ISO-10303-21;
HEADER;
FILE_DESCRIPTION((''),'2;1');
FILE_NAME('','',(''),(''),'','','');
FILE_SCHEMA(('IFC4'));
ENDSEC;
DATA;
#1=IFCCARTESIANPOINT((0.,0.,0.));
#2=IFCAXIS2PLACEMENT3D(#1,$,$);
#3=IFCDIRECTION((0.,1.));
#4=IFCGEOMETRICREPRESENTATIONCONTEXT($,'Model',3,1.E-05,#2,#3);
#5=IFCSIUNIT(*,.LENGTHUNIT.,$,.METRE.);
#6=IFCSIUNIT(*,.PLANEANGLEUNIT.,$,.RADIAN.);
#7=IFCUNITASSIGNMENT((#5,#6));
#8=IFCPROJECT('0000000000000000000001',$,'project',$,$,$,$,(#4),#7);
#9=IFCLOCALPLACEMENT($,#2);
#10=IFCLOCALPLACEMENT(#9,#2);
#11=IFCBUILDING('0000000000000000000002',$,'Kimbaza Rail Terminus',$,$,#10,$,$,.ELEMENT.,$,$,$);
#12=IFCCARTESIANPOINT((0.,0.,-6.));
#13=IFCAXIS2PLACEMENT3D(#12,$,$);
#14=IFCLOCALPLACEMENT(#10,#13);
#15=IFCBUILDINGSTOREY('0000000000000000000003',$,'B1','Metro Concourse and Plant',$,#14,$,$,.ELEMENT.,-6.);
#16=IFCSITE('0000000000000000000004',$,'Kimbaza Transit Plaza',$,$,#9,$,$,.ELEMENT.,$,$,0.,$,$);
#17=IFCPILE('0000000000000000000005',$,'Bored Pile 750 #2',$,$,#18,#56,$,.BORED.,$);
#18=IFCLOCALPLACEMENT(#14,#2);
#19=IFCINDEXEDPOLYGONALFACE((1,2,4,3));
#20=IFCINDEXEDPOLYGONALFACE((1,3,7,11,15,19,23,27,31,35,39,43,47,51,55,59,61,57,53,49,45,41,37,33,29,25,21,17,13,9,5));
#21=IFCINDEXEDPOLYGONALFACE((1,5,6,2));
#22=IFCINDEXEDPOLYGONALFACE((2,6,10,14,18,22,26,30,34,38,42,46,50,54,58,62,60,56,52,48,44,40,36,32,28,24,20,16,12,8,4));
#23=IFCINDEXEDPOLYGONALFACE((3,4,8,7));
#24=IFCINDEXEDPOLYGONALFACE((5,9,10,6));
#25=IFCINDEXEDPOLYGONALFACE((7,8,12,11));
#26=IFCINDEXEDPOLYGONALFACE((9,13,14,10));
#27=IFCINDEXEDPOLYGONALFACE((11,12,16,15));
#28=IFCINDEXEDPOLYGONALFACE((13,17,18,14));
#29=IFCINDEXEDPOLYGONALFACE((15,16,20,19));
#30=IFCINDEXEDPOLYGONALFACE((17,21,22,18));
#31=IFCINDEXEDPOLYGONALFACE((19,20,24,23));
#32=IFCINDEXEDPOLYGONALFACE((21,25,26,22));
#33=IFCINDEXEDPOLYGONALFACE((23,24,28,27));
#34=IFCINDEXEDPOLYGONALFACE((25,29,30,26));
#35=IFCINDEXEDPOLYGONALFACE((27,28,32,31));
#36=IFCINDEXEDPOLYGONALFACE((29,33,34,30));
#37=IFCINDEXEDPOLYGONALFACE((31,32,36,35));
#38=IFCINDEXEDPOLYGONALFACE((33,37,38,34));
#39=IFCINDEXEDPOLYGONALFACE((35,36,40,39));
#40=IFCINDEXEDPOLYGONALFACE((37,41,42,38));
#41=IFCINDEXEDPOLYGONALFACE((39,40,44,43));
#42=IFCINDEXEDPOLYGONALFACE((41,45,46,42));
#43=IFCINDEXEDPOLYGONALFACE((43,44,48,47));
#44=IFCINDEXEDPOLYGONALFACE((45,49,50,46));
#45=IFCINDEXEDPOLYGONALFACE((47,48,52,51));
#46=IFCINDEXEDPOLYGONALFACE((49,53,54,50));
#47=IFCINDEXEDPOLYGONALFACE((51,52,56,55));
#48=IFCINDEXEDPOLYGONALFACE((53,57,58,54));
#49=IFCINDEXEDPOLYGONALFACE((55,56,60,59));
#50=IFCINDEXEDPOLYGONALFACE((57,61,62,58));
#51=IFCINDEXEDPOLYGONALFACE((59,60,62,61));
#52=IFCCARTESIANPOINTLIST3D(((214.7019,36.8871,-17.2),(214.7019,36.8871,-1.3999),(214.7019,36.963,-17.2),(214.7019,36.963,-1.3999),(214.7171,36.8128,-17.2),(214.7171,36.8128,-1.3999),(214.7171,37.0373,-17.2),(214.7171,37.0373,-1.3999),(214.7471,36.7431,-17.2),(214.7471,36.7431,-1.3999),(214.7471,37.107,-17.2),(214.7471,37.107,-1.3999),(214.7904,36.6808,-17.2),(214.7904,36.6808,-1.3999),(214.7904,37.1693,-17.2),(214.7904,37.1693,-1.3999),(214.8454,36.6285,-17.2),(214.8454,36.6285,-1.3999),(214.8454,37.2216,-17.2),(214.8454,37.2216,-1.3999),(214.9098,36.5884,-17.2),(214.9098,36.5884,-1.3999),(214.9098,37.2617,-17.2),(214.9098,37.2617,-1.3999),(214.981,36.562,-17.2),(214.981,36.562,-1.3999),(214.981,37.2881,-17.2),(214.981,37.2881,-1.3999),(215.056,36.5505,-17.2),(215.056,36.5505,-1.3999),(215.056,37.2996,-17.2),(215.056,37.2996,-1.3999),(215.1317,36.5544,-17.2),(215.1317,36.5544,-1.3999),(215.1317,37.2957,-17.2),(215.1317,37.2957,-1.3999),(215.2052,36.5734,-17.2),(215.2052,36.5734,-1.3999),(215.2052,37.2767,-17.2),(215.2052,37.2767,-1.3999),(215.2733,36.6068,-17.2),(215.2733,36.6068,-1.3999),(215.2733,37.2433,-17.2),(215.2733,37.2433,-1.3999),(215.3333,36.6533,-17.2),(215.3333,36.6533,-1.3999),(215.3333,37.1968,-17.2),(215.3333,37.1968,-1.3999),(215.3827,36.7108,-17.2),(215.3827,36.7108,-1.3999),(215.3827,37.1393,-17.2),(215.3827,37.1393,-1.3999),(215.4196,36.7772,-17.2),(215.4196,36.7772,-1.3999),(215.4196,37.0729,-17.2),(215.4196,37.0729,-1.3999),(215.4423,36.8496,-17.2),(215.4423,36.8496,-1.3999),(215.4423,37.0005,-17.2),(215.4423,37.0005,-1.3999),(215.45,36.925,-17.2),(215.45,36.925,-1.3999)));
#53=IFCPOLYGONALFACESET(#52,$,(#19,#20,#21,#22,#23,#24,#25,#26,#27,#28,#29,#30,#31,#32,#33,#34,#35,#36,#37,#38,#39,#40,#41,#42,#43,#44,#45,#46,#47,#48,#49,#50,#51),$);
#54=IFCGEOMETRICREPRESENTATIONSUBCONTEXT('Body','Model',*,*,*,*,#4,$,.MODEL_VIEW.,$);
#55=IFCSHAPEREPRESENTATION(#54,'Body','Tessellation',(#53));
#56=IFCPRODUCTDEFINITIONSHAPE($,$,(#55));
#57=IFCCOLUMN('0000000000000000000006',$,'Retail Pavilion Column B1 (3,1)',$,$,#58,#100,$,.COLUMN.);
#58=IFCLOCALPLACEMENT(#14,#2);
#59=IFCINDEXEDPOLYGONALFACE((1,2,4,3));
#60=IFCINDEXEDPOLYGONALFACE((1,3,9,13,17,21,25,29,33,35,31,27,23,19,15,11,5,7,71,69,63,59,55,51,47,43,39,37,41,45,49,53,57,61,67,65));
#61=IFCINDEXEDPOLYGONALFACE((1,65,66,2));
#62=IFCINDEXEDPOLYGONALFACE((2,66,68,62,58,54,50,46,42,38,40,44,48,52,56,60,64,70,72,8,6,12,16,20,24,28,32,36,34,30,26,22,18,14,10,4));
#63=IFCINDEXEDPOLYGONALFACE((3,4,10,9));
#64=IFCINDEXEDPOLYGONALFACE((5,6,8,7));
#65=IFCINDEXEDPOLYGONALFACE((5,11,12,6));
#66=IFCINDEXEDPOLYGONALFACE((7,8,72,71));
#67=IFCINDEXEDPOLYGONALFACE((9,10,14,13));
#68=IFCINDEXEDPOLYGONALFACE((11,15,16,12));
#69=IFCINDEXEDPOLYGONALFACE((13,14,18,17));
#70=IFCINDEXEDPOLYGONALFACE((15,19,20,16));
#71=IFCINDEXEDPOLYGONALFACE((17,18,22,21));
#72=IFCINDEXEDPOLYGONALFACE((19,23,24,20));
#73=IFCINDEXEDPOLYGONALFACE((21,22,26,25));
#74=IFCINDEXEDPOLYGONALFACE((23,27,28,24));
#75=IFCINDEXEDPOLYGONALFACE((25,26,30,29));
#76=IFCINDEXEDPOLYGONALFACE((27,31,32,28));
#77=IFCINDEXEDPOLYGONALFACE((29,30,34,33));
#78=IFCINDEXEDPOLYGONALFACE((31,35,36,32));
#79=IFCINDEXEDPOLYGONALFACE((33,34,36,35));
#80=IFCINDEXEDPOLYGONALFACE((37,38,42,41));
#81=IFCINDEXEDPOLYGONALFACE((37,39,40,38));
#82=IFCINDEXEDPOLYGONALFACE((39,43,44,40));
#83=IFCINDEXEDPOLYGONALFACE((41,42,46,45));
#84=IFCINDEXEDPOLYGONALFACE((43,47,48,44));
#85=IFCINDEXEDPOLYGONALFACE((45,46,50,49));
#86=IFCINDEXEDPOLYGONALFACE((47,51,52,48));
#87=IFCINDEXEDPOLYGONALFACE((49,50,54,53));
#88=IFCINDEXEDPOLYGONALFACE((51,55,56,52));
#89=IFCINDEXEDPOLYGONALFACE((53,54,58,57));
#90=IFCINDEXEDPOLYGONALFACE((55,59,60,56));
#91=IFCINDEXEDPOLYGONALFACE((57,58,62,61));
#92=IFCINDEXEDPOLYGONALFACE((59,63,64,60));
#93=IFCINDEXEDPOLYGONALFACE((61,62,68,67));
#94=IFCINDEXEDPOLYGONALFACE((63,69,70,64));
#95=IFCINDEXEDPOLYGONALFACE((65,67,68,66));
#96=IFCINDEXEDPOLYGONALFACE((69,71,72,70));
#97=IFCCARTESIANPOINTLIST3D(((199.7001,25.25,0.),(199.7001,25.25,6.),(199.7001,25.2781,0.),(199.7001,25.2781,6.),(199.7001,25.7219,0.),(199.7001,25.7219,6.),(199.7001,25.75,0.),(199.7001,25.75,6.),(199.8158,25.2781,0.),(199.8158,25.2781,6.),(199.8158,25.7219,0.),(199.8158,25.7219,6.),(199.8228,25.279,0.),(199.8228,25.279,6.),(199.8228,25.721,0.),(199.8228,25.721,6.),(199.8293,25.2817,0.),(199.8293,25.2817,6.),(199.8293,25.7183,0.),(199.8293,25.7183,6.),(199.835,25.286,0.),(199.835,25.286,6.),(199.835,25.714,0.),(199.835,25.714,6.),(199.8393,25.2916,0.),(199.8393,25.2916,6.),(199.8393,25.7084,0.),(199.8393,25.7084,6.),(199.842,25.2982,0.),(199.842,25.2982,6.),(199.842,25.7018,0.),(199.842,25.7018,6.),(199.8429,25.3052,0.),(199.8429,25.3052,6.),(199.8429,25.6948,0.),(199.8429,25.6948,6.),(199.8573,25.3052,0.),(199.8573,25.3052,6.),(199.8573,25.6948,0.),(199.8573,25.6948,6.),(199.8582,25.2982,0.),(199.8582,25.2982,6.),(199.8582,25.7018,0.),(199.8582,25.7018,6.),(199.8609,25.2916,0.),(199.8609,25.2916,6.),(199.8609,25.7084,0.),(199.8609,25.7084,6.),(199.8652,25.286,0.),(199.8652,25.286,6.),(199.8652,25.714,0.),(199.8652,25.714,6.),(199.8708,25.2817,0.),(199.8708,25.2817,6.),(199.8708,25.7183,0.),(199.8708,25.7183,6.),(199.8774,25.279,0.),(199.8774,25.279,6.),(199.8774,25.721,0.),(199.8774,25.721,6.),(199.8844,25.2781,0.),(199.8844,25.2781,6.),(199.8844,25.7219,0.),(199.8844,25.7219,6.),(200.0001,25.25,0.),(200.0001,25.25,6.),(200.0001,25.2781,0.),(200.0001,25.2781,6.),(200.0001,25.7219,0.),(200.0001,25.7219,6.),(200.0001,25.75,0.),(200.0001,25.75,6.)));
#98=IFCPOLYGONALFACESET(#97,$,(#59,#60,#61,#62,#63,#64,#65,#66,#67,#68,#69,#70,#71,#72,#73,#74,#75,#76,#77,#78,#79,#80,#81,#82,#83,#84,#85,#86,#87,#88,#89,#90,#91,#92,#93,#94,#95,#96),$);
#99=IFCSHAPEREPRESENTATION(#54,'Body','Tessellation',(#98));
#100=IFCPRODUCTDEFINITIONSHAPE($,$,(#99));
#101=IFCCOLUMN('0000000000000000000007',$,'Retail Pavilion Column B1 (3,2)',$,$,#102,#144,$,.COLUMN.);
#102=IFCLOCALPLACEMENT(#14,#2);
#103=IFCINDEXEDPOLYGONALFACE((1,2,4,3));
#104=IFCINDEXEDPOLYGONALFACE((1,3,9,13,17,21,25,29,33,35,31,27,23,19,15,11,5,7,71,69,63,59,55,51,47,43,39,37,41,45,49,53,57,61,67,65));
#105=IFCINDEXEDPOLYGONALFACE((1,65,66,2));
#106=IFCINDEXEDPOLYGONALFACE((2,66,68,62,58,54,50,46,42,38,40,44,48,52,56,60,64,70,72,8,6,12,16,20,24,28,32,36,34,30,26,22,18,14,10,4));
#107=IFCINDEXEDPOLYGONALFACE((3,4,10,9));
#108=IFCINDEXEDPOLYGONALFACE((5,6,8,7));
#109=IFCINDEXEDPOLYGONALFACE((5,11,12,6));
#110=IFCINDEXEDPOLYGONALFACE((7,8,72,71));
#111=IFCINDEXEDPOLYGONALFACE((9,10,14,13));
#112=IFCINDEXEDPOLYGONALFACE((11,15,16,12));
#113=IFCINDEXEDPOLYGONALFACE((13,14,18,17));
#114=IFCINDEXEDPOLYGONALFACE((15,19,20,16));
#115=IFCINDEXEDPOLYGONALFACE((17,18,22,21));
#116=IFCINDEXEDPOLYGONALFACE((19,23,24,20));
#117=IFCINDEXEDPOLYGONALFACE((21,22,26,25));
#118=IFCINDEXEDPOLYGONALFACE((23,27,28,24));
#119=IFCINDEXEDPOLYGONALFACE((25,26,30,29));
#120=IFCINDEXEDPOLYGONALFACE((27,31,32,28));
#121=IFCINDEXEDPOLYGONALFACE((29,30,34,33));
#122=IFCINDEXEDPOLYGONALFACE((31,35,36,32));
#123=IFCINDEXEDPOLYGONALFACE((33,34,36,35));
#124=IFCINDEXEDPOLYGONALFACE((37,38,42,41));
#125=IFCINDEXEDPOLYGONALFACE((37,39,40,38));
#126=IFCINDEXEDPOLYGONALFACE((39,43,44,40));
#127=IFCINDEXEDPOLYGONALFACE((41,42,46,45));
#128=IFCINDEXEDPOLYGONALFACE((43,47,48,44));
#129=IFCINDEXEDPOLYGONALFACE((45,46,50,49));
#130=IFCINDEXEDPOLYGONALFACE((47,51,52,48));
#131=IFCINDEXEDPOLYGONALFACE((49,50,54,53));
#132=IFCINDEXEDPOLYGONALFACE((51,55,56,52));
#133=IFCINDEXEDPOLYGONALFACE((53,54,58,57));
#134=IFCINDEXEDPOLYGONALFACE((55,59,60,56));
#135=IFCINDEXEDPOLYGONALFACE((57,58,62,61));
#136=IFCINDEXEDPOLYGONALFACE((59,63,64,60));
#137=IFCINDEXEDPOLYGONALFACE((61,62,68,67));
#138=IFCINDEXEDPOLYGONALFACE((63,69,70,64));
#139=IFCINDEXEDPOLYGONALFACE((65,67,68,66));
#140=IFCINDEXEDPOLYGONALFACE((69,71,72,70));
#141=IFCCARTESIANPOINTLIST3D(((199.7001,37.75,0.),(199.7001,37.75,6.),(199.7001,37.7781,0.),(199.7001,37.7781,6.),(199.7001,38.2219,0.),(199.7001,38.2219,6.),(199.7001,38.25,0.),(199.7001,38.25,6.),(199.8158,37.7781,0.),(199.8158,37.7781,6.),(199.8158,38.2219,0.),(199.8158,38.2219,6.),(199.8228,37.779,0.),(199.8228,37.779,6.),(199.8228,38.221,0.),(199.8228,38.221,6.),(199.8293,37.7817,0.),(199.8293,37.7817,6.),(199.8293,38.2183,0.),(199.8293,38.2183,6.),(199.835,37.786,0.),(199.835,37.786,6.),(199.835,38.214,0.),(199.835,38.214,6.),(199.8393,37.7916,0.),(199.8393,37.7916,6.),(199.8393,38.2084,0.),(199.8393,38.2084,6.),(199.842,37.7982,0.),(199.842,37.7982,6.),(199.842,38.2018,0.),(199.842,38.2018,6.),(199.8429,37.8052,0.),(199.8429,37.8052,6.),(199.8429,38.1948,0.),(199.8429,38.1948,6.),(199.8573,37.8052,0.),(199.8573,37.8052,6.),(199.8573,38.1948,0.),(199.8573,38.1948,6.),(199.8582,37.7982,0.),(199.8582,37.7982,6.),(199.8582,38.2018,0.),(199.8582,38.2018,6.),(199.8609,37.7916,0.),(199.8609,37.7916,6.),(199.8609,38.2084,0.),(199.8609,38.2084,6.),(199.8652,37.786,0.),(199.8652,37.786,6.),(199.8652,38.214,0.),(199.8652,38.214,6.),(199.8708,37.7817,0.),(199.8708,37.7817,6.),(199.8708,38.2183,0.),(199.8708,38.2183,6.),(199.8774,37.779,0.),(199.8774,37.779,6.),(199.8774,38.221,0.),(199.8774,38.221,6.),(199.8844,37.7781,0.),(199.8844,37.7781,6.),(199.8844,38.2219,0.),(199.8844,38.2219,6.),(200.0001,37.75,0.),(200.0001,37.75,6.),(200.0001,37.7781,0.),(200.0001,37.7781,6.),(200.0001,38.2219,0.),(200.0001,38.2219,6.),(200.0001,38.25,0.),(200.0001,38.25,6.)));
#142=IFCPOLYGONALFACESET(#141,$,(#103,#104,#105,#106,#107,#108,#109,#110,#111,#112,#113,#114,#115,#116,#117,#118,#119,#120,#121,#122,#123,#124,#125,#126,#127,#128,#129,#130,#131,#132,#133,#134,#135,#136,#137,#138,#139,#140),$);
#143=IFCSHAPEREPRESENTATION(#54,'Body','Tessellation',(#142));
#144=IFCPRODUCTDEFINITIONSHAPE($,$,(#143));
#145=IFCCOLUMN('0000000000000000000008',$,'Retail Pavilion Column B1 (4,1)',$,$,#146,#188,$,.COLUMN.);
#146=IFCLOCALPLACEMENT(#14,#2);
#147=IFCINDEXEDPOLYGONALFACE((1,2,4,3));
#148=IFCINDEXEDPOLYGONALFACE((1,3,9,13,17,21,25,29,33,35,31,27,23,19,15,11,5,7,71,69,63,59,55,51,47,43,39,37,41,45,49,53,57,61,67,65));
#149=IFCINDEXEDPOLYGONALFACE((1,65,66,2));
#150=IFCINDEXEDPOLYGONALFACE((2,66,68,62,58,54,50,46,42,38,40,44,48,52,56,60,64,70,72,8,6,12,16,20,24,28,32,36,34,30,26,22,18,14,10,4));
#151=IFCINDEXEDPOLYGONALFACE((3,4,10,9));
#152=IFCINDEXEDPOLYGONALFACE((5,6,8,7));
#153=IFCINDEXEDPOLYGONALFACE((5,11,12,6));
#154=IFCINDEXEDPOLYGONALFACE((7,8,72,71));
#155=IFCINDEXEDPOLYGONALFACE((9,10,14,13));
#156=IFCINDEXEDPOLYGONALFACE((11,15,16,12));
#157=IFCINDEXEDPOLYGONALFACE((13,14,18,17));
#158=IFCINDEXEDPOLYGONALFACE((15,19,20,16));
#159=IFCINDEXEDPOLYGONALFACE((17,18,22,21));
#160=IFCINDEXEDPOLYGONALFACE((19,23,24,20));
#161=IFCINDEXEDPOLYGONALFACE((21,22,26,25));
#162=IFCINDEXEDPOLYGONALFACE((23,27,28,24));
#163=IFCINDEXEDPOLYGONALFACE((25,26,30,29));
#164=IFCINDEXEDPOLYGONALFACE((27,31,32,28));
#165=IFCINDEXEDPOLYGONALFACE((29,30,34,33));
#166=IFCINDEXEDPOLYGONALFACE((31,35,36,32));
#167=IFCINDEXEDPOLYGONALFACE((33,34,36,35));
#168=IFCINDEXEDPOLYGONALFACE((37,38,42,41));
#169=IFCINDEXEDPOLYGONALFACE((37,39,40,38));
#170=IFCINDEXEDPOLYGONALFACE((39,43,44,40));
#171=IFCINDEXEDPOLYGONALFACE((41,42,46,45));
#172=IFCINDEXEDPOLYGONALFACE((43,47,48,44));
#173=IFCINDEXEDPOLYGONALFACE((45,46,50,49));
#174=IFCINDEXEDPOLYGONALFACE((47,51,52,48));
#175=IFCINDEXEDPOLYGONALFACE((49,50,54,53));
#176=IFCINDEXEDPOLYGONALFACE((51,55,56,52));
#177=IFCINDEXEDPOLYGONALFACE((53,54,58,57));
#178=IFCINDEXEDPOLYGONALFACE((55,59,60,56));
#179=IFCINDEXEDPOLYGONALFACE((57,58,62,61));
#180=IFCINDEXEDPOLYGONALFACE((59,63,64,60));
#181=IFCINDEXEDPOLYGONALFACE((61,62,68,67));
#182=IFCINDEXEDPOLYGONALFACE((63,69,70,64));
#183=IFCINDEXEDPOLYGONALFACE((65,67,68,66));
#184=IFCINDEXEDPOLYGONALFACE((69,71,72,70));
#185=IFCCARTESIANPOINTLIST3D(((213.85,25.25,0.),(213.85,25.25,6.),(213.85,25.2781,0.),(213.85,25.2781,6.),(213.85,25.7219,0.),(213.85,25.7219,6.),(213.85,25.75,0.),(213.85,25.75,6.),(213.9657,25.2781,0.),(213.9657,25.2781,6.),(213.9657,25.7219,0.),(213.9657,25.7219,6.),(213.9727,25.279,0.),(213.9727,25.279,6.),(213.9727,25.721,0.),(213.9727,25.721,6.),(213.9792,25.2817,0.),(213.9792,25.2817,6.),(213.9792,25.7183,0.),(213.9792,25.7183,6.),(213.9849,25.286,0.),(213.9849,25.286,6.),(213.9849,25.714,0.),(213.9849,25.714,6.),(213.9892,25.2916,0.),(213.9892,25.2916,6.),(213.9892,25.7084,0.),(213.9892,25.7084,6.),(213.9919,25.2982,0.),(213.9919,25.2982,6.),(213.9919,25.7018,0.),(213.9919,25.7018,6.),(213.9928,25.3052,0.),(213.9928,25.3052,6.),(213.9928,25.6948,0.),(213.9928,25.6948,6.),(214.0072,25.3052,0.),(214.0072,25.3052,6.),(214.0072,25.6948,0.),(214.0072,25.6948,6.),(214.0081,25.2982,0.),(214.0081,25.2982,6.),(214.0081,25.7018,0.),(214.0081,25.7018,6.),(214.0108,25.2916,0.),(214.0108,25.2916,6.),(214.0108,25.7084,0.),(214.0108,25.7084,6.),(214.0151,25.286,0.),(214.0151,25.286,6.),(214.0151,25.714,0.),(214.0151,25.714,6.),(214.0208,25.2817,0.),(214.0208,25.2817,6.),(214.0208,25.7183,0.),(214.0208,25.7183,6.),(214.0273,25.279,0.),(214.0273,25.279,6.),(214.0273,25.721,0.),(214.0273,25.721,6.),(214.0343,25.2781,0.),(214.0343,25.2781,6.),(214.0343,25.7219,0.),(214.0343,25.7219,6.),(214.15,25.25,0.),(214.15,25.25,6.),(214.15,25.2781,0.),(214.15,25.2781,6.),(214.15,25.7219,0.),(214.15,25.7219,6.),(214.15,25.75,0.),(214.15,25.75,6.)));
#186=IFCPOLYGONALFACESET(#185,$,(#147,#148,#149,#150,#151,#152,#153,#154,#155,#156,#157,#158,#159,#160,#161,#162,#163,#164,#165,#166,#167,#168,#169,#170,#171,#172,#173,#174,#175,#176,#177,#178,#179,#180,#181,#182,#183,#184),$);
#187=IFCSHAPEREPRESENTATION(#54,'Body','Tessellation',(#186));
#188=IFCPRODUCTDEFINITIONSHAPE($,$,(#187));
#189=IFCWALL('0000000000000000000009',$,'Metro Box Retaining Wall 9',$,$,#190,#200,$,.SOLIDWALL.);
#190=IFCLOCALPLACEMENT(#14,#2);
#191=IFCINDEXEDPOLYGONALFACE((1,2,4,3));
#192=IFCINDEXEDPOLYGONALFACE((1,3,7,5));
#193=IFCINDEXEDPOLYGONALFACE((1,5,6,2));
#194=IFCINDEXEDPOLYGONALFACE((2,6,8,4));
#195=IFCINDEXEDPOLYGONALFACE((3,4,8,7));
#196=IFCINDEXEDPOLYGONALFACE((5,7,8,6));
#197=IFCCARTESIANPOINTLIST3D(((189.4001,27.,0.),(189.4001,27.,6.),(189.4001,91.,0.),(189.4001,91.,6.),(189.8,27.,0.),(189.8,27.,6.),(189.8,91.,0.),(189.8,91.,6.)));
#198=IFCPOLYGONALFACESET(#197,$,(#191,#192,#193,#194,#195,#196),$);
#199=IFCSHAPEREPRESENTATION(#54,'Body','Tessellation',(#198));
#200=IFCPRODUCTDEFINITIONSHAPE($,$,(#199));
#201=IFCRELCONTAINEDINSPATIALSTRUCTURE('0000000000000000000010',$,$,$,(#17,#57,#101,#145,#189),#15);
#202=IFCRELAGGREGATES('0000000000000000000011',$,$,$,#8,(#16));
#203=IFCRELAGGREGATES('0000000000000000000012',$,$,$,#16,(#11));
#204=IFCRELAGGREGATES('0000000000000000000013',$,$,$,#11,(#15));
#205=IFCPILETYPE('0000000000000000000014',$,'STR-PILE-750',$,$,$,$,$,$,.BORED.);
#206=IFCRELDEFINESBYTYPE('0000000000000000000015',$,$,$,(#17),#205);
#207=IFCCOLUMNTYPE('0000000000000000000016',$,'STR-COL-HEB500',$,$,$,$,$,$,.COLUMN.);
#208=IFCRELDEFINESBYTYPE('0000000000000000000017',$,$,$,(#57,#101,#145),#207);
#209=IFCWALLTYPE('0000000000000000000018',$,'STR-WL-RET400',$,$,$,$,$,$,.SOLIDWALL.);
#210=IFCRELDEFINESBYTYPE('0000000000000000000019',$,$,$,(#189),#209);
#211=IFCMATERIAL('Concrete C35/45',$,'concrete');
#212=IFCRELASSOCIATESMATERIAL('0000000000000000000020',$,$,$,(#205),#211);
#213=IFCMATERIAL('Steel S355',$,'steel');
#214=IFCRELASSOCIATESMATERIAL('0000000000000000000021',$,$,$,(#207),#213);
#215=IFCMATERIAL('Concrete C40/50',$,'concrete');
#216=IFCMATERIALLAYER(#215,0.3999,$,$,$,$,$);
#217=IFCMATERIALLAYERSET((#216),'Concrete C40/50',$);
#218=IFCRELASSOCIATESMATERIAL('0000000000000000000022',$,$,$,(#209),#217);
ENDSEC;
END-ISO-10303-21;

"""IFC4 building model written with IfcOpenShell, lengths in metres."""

from ifc_helpers import new_model, si_unit, direction, frame, frame_2d, origin, origin_2d, place, context, subcontext, project, spatial, rectangle, circle, i_section, extrude, material, layer, layer_set, material_profile, profile_set, type_object, element, save


model = new_model("IFC4")

# Units and contexts
model_context = context("Model", 3, precision=1e-05, world=origin(), true_north=direction((0.0, 1.0)))
body_context = subcontext(model_context, "Body", "Model", "MODEL_VIEW")
ifc_project = project(units=[si_unit("LENGTHUNIT", "METRE"), si_unit("PLANEANGLEUNIT", "RADIAN")], contexts=[model_context])

# Site, building, storey
site_placement = place(None, origin())
site = spatial("IfcSite", under=ifc_project, at=site_placement, Name="Kimbaza Transit Plaza", CompositionType="ELEMENT", RefElevation=0.0)
building_placement = place(site_placement, origin())
building = spatial("IfcBuilding", under=site, at=building_placement, Name="Kimbaza Rail Terminus", CompositionType="ELEMENT")
storey_placement = place(building_placement, frame((0.0, 0.0, -6.0)))
storey = spatial("IfcBuildingStorey", under=building, at=storey_placement, Name="B1", Description="Metro Concourse and Plant", CompositionType="ELEMENT", Elevation=-6.0)

# Pile
ifc_material_1 = material(Name="Concrete C35/45", Category="concrete")
ifc_material_profile_1 = material_profile(ifc_material_1, circle(Radius=0.375, at=origin_2d()), Name="BORED PILE 750")
ifc_profile_set_1 = profile_set([ifc_material_profile_1], Name="Concrete C35/45")
pile_type = type_object("IfcPileType", Name="STR-PILE-750", PredefinedType="BORED", material=ifc_profile_set_1)
for number, where, z_axis, x_axis, name in (
    (1, (215.075, 36.925, -1.3999), (0.0, 0.0, -1.0), (1.0, 0.0, 0.0), "Bored Pile 750 #2"),
):
    element("IfcPile", number, at=place(storey_placement, frame(where, z_axis=z_axis, x_axis=x_axis)), inside=storey, type_object=pile_type, Name=name, PredefinedType="BORED", context=body_context, shape_type="SweptSolid", body=[
        extrude(circle(Radius=0.375, at=origin_2d()), origin(), (0.0, 0.0, 1.0), 15.8),
    ])

# Columns
ifc_material_2 = material(Name="Steel S355", Category="steel")
ifc_material_profile_2 = material_profile(ifc_material_2, i_section(OverallWidth=0.3, OverallDepth=0.5, WebThickness=0.0144, FlangeThickness=0.0281, FilletRadius=0.0271, at=origin_2d()), Name="HEB 500")
ifc_profile_set_2 = profile_set([ifc_material_profile_2], Name="Steel S355")
column_type = type_object("IfcColumnType", Name="STR-COL-HEB500", PredefinedType="COLUMN", material=ifc_profile_set_2)
for number, where, z_axis, x_axis, name in (
    (2, (199.8501, 25.5, 0.0), (0.0, 0.0, 1.0), (1.0, 0.0, 0.0), "Retail Pavilion Column B1 (3,1)"),
    (3, (199.8501, 38.0, 0.0), (0.0, 0.0, 1.0), (1.0, 0.0, 0.0), "Retail Pavilion Column B1 (3,2)"),
    (4, (214.0, 25.5, 0.0), (0.0, 0.0, 1.0), (1.0, 0.0, 0.0), "Retail Pavilion Column B1 (4,1)"),
):
    element("IfcColumn", number, at=place(storey_placement, frame(where, z_axis=z_axis, x_axis=x_axis)), inside=storey, type_object=column_type, Name=name, PredefinedType="COLUMN", context=body_context, shape_type="SweptSolid", body=[
        extrude(i_section(OverallWidth=0.3, OverallDepth=0.5, WebThickness=0.0144, FlangeThickness=0.0281, FilletRadius=0.0271, at=origin_2d()), origin(), (0.0, 0.0, 1.0), 6.0),
    ])

# Wall
ifc_material_3 = material(Name="Concrete C40/50", Category="concrete")
ifc_layer = layer(ifc_material_3, 0.3999)
ifc_layer_set = layer_set([ifc_layer], Name="Concrete C40/50")
wall_type = type_object("IfcWallType", Name="STR-WL-RET400", PredefinedType="SOLIDWALL", material=ifc_layer_set)
wall_placement = place(storey_placement, frame((189.6001, 27.0, 0.0), z_axis=(0.0, 0.0, 1.0), x_axis=(0.0, 1.0, 0.0)))
element("IfcWall", 5, at=wall_placement, inside=storey, type_object=wall_type, Name="Metro Box Retaining Wall 9", PredefinedType="SOLIDWALL", context=body_context, shape_type="SweptSolid", body=[
    extrude(rectangle(XDim=64.0, YDim=0.3999, at=frame_2d((32.0, 0.0))), origin(), (0.0, 0.0, 1.0), 6.0),
])

save(model, "model.ifc")
